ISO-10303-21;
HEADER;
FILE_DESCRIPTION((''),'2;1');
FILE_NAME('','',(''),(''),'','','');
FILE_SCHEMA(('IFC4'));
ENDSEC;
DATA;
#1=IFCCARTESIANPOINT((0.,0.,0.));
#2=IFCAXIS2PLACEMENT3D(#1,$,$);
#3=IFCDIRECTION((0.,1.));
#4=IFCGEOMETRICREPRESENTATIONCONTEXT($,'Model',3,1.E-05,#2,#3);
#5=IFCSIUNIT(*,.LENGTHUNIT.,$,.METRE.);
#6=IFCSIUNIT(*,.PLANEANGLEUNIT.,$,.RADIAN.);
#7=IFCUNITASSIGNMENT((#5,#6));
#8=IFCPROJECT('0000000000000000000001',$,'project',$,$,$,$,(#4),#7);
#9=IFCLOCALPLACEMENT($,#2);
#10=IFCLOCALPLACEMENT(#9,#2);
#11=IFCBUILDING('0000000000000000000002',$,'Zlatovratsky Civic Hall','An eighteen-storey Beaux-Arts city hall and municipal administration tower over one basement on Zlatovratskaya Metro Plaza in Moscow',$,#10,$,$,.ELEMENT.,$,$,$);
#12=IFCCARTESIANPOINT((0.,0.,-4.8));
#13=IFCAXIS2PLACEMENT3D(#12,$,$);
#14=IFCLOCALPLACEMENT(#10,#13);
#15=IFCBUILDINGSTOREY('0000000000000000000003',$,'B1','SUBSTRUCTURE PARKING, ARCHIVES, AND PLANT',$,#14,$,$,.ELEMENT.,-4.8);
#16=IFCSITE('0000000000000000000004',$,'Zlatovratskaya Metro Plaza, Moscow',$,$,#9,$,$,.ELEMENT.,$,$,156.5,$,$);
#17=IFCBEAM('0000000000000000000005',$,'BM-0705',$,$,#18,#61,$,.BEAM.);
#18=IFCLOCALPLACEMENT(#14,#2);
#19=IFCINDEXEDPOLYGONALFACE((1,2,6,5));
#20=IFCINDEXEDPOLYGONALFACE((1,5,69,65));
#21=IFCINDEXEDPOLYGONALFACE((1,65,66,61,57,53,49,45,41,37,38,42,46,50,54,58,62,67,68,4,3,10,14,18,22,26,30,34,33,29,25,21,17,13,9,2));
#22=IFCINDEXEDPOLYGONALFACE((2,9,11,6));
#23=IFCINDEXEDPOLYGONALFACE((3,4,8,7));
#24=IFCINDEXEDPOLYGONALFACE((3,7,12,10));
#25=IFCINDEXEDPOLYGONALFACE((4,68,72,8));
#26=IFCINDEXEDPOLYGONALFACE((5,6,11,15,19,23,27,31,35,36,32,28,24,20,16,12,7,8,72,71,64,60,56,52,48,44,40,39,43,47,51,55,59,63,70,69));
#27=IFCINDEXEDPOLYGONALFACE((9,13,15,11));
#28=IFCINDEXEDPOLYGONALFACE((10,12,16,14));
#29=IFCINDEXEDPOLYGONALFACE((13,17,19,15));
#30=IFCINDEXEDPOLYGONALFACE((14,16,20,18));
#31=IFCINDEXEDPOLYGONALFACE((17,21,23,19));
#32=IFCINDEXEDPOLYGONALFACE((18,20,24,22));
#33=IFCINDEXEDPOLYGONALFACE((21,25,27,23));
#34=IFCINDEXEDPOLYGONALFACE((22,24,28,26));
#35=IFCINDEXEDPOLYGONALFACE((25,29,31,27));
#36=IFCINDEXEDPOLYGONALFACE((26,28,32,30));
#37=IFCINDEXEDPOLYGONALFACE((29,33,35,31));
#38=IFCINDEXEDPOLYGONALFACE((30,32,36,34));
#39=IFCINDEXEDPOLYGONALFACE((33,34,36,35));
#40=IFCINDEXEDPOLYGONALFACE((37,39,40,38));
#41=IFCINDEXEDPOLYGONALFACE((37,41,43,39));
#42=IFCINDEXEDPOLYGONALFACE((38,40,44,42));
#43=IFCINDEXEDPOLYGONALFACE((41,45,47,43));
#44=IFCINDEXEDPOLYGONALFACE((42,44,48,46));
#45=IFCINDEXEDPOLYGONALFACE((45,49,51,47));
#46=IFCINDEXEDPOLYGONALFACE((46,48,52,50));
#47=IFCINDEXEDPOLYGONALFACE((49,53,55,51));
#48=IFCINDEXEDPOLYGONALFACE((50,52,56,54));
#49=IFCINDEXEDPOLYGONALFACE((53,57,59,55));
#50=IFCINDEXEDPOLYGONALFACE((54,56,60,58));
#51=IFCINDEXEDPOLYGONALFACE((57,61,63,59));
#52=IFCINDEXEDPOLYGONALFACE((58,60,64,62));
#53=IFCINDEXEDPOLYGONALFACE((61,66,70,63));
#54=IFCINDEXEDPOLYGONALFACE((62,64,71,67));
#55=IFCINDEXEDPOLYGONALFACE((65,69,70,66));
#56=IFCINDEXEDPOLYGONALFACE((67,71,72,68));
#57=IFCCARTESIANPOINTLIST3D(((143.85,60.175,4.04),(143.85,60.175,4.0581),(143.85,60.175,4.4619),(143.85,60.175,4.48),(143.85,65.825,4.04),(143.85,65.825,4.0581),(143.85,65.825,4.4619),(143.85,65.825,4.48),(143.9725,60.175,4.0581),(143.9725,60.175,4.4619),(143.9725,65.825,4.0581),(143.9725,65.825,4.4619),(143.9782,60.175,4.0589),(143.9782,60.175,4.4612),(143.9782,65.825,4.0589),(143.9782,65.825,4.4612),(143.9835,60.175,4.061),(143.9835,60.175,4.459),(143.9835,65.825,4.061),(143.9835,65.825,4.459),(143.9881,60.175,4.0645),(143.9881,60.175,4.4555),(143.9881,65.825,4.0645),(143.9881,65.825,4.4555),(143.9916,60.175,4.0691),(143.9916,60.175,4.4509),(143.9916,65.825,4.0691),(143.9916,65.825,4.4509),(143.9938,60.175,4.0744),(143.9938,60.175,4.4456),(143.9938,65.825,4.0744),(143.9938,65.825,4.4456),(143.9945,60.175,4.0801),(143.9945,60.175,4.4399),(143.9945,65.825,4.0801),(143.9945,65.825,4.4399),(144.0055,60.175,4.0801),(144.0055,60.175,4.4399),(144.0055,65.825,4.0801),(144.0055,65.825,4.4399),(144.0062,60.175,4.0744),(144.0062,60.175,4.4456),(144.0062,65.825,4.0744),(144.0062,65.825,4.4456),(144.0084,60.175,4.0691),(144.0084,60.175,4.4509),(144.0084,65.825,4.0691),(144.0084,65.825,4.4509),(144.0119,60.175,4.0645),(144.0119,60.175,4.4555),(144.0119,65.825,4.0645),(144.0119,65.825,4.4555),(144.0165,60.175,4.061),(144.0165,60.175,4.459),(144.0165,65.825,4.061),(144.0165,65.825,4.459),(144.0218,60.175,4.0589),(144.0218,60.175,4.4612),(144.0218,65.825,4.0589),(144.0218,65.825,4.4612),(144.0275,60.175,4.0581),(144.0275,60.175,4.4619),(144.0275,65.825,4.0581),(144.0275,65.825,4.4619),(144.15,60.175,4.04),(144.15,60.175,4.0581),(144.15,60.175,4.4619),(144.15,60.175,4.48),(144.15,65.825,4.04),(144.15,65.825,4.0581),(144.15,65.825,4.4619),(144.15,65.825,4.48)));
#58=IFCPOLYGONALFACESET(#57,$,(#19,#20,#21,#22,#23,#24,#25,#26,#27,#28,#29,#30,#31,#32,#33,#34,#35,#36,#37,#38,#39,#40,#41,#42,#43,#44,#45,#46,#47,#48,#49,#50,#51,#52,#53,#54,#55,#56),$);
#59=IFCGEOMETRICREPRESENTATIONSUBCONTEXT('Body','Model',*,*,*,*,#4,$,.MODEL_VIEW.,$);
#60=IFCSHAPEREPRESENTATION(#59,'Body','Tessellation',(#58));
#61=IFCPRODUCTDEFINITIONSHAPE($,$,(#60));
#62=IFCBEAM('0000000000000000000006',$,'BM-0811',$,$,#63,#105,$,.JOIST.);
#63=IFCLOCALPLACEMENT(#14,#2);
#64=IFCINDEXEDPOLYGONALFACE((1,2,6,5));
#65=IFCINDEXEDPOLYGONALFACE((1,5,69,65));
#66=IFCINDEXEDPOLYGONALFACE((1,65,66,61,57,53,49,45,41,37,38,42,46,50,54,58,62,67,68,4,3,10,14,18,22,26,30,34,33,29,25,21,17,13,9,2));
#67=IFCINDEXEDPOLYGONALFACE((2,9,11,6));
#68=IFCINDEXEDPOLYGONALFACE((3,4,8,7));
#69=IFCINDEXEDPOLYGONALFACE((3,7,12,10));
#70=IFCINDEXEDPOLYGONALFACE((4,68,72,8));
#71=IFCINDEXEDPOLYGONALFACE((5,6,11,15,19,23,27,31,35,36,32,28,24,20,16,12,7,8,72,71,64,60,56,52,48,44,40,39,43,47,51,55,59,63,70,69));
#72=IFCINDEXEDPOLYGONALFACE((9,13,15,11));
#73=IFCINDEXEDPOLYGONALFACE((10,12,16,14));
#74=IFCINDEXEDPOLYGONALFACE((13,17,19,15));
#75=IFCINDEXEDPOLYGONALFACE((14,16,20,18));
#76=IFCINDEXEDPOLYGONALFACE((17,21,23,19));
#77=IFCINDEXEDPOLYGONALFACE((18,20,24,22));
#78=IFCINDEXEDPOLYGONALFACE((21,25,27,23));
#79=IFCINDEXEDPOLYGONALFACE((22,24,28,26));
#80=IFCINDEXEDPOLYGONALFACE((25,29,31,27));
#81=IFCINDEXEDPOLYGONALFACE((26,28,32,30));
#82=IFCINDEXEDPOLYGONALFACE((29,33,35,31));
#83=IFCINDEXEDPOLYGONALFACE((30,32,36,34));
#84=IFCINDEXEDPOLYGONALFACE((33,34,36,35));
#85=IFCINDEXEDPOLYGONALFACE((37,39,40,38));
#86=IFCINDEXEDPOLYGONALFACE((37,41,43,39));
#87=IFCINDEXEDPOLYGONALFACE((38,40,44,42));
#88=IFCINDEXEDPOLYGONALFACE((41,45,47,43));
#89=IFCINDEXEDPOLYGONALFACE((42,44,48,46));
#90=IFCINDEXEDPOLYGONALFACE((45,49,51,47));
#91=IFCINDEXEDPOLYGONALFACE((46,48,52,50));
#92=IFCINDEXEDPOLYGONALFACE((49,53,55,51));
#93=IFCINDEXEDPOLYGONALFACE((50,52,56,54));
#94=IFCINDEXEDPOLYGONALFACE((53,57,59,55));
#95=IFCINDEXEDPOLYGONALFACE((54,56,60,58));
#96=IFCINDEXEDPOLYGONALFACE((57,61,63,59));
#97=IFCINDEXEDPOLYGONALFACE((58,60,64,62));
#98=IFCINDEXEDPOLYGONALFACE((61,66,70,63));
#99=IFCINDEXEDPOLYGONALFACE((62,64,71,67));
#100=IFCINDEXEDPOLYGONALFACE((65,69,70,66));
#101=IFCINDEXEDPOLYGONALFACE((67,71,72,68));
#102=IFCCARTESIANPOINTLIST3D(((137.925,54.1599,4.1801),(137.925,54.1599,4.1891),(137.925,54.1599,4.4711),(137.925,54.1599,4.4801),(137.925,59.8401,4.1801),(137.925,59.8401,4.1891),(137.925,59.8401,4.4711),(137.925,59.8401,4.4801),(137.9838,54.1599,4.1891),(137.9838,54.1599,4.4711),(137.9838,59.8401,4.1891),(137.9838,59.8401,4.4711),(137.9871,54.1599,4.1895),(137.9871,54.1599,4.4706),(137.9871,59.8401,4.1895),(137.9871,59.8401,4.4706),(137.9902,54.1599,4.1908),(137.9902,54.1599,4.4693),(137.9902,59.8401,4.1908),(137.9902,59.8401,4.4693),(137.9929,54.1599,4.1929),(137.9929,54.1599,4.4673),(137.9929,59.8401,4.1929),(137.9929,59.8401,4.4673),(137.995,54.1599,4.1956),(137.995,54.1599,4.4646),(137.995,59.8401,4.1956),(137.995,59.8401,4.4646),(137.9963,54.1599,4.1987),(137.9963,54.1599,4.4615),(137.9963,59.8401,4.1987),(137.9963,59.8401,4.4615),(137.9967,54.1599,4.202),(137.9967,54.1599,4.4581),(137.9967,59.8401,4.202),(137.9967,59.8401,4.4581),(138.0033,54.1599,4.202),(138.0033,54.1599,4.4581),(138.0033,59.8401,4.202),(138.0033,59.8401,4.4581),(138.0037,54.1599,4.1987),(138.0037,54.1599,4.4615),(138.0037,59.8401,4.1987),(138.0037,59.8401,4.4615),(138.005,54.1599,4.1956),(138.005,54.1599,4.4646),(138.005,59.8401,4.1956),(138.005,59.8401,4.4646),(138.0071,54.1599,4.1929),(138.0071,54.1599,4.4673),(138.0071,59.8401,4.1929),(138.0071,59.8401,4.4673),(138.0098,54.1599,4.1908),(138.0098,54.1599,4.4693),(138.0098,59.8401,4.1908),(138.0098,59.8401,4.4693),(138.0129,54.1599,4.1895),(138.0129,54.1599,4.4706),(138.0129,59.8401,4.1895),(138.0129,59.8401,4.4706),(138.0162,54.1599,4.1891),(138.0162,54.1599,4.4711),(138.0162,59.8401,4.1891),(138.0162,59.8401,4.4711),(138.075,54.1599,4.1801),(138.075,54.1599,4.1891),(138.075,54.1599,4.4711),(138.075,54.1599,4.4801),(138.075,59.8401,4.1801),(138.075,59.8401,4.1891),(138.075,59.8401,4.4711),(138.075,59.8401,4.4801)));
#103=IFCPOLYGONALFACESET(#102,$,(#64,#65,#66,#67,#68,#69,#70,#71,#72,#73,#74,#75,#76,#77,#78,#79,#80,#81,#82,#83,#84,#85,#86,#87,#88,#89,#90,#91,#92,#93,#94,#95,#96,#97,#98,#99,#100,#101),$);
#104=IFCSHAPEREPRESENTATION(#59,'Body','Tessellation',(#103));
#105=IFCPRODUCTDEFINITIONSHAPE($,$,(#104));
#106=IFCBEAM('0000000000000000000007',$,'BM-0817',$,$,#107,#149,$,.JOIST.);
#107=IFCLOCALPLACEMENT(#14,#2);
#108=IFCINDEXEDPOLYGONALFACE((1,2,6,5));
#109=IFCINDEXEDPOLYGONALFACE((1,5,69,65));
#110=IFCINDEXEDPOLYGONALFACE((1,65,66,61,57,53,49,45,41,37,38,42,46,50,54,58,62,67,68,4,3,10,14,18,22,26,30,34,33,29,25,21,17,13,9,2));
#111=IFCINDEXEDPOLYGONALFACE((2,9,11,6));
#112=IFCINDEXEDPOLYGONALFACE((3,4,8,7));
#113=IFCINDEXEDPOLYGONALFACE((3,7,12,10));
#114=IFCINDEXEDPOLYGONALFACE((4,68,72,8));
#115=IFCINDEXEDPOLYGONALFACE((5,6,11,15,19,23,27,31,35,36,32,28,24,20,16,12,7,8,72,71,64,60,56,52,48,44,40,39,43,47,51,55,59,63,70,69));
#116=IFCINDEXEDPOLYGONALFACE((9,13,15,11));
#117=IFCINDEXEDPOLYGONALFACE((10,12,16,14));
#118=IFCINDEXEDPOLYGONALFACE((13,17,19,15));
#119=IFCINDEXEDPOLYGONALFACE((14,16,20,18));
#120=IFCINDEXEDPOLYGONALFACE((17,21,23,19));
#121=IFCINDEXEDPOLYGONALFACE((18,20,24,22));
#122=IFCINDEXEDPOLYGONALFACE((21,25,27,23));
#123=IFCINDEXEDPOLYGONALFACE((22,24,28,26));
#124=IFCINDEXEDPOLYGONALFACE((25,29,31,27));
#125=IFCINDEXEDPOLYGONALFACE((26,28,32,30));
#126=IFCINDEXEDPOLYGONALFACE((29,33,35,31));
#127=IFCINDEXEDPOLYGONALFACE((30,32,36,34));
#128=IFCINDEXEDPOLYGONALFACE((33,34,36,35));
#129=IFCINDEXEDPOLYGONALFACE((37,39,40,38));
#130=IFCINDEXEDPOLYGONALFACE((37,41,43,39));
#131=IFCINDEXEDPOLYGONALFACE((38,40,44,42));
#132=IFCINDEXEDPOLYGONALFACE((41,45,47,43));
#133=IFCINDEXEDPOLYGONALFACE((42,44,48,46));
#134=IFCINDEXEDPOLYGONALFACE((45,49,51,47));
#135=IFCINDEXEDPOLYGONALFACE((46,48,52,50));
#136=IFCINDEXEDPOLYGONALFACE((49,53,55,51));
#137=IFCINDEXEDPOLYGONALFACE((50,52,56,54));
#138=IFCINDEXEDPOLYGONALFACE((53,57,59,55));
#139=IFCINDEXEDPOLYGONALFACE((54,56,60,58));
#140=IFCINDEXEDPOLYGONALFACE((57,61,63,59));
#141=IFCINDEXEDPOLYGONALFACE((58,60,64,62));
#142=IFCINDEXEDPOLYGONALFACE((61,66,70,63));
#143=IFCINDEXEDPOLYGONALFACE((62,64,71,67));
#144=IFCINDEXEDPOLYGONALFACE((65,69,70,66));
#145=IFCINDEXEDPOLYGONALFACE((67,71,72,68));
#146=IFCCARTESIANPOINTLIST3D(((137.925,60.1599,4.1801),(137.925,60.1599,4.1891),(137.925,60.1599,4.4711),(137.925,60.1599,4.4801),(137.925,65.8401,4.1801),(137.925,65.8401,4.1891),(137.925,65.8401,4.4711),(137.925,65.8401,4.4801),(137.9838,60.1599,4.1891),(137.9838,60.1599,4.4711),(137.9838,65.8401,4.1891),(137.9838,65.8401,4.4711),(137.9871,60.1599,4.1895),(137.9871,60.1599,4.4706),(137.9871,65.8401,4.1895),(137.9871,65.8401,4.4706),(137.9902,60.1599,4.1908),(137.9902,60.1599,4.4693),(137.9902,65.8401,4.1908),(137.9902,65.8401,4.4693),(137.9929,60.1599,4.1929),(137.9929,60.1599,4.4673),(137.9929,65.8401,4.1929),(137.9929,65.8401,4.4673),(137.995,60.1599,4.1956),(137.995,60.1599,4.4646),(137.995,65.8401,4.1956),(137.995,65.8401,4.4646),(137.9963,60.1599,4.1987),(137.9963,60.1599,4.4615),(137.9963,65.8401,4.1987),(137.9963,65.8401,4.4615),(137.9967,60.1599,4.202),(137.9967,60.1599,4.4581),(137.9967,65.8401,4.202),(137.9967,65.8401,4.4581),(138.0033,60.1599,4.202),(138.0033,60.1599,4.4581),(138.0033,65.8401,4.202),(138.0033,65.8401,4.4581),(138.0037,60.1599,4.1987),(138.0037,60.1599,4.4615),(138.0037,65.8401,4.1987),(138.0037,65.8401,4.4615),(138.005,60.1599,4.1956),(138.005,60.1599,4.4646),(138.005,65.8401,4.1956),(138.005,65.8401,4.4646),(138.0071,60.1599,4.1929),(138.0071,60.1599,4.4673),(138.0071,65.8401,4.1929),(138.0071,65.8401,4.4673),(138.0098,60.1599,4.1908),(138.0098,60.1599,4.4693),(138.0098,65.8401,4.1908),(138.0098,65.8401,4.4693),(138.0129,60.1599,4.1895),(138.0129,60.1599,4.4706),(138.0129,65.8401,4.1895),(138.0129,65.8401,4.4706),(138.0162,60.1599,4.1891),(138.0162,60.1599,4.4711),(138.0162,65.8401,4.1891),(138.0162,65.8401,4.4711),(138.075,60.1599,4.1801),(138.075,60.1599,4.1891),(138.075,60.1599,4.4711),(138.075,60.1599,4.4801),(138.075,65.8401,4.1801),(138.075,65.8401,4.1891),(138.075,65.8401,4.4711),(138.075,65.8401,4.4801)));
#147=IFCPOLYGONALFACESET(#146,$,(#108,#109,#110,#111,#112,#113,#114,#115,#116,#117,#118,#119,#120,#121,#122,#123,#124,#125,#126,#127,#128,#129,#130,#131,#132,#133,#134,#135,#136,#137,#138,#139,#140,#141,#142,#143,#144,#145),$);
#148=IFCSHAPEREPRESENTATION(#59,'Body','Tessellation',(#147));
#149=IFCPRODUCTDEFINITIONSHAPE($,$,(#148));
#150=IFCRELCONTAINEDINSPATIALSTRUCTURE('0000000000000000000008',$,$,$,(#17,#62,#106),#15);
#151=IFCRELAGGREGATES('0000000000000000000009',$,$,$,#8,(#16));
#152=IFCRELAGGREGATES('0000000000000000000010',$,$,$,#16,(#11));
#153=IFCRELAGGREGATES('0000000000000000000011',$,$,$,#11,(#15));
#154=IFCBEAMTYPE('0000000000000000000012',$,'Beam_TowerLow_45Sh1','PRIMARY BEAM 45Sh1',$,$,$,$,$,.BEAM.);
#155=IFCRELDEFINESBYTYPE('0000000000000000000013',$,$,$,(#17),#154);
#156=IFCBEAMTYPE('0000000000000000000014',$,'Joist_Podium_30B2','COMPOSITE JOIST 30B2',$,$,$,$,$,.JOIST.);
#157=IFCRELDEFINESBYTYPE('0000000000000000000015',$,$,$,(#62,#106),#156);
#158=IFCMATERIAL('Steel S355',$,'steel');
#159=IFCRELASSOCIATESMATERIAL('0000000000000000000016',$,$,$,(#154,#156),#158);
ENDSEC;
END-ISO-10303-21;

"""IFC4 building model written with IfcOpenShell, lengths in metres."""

from ifc_helpers import new_model, si_unit, direction, frame, origin, origin_2d, place, context, subcontext, project, spatial, i_section, extrude, material, material_profile, profile_set, type_object, element, save


model = new_model("IFC4")

# Units and contexts
model_context = context("Model", 3, precision=1e-05, world=origin(), true_north=direction((0.0, 1.0)))
body_context = subcontext(model_context, "Body", "Model", "MODEL_VIEW")
ifc_project = project(units=[si_unit("LENGTHUNIT", "METRE"), si_unit("PLANEANGLEUNIT", "RADIAN")], contexts=[model_context])

# Site, building, storey
site_placement = place(None, origin())
site = spatial("IfcSite", under=ifc_project, at=site_placement, Name="Zlatovratskaya Metro Plaza, Moscow", CompositionType="ELEMENT", RefElevation=156.5)
building_placement = place(site_placement, origin())
building = spatial("IfcBuilding", under=site, at=building_placement, Name="Zlatovratsky Civic Hall", Description="An eighteen-storey Beaux-Arts city hall and municipal administration tower over one basement on Zlatovratskaya Metro Plaza in Moscow", CompositionType="ELEMENT")
storey_placement = place(building_placement, frame((0.0, 0.0, -4.8)))
storey = spatial("IfcBuildingStorey", under=building, at=storey_placement, Name="B1", Description="SUBSTRUCTURE PARKING, ARCHIVES, AND PLANT", CompositionType="ELEMENT", Elevation=-4.8)

# Shared definitions
ifc_material_1 = material(Name="Steel S355", Category="steel")

# Beams
ifc_material_profile_1 = material_profile(ifc_material_1, i_section(OverallWidth=0.3, OverallDepth=0.4399, WebThickness=0.011, FlangeThickness=0.0181, FilletRadius=0.022, at=origin_2d()), Name="45Sh1")
ifc_profile_set_1 = profile_set([ifc_material_profile_1], Name="Steel S355")
beam_type_1 = type_object("IfcBeamType", Name="Beam_TowerLow_45Sh1", Description="PRIMARY BEAM 45Sh1", PredefinedType="BEAM", material=ifc_profile_set_1)
for number, where, z_axis, x_axis, name in (
    (1, (144.0, 60.175, 4.26), (0.0, 1.0, 0.0), (-1.0, 0.0, 0.0), "BM-0705"),
):
    element("IfcBeam", number, at=place(storey_placement, frame(where, z_axis=z_axis, x_axis=x_axis)), inside=storey, type_object=beam_type_1, Name=name, PredefinedType="BEAM", context=body_context, shape_type="SweptSolid", body=[
        extrude(i_section(OverallWidth=0.3, OverallDepth=0.4399, WebThickness=0.011, FlangeThickness=0.0181, FilletRadius=0.022, at=origin_2d()), origin(), (0.0, 0.0, 1.0), 5.6499),
    ])
ifc_material_profile_2 = material_profile(ifc_material_1, i_section(OverallWidth=0.1499, OverallDepth=0.3, WebThickness=0.0066, FlangeThickness=0.009, FilletRadius=0.0129, at=origin_2d()), Name="30B2")
ifc_profile_set_2 = profile_set([ifc_material_profile_2], Name="Steel S355")
beam_type_2 = type_object("IfcBeamType", Name="Joist_Podium_30B2", Description="COMPOSITE JOIST 30B2", PredefinedType="JOIST", material=ifc_profile_set_2)
for number, where, z_axis, x_axis, name in (
    (2, (138.0, 54.1599, 4.3301), (0.0, 1.0, 0.0), (-1.0, 0.0, 0.0), "BM-0811"),
    (3, (138.0, 60.1599, 4.3301), (0.0, 1.0, 0.0), (-1.0, 0.0, 0.0), "BM-0817"),
):
    element("IfcBeam", number, at=place(storey_placement, frame(where, z_axis=z_axis, x_axis=x_axis)), inside=storey, type_object=beam_type_2, Name=name, PredefinedType="JOIST", context=body_context, shape_type="SweptSolid", body=[
        extrude(i_section(OverallWidth=0.1499, OverallDepth=0.3, WebThickness=0.0066, FlangeThickness=0.009, FilletRadius=0.0129, at=origin_2d()), origin(), (0.0, 0.0, 1.0), 5.6802),
    ])

save(model, "model.ifc")
